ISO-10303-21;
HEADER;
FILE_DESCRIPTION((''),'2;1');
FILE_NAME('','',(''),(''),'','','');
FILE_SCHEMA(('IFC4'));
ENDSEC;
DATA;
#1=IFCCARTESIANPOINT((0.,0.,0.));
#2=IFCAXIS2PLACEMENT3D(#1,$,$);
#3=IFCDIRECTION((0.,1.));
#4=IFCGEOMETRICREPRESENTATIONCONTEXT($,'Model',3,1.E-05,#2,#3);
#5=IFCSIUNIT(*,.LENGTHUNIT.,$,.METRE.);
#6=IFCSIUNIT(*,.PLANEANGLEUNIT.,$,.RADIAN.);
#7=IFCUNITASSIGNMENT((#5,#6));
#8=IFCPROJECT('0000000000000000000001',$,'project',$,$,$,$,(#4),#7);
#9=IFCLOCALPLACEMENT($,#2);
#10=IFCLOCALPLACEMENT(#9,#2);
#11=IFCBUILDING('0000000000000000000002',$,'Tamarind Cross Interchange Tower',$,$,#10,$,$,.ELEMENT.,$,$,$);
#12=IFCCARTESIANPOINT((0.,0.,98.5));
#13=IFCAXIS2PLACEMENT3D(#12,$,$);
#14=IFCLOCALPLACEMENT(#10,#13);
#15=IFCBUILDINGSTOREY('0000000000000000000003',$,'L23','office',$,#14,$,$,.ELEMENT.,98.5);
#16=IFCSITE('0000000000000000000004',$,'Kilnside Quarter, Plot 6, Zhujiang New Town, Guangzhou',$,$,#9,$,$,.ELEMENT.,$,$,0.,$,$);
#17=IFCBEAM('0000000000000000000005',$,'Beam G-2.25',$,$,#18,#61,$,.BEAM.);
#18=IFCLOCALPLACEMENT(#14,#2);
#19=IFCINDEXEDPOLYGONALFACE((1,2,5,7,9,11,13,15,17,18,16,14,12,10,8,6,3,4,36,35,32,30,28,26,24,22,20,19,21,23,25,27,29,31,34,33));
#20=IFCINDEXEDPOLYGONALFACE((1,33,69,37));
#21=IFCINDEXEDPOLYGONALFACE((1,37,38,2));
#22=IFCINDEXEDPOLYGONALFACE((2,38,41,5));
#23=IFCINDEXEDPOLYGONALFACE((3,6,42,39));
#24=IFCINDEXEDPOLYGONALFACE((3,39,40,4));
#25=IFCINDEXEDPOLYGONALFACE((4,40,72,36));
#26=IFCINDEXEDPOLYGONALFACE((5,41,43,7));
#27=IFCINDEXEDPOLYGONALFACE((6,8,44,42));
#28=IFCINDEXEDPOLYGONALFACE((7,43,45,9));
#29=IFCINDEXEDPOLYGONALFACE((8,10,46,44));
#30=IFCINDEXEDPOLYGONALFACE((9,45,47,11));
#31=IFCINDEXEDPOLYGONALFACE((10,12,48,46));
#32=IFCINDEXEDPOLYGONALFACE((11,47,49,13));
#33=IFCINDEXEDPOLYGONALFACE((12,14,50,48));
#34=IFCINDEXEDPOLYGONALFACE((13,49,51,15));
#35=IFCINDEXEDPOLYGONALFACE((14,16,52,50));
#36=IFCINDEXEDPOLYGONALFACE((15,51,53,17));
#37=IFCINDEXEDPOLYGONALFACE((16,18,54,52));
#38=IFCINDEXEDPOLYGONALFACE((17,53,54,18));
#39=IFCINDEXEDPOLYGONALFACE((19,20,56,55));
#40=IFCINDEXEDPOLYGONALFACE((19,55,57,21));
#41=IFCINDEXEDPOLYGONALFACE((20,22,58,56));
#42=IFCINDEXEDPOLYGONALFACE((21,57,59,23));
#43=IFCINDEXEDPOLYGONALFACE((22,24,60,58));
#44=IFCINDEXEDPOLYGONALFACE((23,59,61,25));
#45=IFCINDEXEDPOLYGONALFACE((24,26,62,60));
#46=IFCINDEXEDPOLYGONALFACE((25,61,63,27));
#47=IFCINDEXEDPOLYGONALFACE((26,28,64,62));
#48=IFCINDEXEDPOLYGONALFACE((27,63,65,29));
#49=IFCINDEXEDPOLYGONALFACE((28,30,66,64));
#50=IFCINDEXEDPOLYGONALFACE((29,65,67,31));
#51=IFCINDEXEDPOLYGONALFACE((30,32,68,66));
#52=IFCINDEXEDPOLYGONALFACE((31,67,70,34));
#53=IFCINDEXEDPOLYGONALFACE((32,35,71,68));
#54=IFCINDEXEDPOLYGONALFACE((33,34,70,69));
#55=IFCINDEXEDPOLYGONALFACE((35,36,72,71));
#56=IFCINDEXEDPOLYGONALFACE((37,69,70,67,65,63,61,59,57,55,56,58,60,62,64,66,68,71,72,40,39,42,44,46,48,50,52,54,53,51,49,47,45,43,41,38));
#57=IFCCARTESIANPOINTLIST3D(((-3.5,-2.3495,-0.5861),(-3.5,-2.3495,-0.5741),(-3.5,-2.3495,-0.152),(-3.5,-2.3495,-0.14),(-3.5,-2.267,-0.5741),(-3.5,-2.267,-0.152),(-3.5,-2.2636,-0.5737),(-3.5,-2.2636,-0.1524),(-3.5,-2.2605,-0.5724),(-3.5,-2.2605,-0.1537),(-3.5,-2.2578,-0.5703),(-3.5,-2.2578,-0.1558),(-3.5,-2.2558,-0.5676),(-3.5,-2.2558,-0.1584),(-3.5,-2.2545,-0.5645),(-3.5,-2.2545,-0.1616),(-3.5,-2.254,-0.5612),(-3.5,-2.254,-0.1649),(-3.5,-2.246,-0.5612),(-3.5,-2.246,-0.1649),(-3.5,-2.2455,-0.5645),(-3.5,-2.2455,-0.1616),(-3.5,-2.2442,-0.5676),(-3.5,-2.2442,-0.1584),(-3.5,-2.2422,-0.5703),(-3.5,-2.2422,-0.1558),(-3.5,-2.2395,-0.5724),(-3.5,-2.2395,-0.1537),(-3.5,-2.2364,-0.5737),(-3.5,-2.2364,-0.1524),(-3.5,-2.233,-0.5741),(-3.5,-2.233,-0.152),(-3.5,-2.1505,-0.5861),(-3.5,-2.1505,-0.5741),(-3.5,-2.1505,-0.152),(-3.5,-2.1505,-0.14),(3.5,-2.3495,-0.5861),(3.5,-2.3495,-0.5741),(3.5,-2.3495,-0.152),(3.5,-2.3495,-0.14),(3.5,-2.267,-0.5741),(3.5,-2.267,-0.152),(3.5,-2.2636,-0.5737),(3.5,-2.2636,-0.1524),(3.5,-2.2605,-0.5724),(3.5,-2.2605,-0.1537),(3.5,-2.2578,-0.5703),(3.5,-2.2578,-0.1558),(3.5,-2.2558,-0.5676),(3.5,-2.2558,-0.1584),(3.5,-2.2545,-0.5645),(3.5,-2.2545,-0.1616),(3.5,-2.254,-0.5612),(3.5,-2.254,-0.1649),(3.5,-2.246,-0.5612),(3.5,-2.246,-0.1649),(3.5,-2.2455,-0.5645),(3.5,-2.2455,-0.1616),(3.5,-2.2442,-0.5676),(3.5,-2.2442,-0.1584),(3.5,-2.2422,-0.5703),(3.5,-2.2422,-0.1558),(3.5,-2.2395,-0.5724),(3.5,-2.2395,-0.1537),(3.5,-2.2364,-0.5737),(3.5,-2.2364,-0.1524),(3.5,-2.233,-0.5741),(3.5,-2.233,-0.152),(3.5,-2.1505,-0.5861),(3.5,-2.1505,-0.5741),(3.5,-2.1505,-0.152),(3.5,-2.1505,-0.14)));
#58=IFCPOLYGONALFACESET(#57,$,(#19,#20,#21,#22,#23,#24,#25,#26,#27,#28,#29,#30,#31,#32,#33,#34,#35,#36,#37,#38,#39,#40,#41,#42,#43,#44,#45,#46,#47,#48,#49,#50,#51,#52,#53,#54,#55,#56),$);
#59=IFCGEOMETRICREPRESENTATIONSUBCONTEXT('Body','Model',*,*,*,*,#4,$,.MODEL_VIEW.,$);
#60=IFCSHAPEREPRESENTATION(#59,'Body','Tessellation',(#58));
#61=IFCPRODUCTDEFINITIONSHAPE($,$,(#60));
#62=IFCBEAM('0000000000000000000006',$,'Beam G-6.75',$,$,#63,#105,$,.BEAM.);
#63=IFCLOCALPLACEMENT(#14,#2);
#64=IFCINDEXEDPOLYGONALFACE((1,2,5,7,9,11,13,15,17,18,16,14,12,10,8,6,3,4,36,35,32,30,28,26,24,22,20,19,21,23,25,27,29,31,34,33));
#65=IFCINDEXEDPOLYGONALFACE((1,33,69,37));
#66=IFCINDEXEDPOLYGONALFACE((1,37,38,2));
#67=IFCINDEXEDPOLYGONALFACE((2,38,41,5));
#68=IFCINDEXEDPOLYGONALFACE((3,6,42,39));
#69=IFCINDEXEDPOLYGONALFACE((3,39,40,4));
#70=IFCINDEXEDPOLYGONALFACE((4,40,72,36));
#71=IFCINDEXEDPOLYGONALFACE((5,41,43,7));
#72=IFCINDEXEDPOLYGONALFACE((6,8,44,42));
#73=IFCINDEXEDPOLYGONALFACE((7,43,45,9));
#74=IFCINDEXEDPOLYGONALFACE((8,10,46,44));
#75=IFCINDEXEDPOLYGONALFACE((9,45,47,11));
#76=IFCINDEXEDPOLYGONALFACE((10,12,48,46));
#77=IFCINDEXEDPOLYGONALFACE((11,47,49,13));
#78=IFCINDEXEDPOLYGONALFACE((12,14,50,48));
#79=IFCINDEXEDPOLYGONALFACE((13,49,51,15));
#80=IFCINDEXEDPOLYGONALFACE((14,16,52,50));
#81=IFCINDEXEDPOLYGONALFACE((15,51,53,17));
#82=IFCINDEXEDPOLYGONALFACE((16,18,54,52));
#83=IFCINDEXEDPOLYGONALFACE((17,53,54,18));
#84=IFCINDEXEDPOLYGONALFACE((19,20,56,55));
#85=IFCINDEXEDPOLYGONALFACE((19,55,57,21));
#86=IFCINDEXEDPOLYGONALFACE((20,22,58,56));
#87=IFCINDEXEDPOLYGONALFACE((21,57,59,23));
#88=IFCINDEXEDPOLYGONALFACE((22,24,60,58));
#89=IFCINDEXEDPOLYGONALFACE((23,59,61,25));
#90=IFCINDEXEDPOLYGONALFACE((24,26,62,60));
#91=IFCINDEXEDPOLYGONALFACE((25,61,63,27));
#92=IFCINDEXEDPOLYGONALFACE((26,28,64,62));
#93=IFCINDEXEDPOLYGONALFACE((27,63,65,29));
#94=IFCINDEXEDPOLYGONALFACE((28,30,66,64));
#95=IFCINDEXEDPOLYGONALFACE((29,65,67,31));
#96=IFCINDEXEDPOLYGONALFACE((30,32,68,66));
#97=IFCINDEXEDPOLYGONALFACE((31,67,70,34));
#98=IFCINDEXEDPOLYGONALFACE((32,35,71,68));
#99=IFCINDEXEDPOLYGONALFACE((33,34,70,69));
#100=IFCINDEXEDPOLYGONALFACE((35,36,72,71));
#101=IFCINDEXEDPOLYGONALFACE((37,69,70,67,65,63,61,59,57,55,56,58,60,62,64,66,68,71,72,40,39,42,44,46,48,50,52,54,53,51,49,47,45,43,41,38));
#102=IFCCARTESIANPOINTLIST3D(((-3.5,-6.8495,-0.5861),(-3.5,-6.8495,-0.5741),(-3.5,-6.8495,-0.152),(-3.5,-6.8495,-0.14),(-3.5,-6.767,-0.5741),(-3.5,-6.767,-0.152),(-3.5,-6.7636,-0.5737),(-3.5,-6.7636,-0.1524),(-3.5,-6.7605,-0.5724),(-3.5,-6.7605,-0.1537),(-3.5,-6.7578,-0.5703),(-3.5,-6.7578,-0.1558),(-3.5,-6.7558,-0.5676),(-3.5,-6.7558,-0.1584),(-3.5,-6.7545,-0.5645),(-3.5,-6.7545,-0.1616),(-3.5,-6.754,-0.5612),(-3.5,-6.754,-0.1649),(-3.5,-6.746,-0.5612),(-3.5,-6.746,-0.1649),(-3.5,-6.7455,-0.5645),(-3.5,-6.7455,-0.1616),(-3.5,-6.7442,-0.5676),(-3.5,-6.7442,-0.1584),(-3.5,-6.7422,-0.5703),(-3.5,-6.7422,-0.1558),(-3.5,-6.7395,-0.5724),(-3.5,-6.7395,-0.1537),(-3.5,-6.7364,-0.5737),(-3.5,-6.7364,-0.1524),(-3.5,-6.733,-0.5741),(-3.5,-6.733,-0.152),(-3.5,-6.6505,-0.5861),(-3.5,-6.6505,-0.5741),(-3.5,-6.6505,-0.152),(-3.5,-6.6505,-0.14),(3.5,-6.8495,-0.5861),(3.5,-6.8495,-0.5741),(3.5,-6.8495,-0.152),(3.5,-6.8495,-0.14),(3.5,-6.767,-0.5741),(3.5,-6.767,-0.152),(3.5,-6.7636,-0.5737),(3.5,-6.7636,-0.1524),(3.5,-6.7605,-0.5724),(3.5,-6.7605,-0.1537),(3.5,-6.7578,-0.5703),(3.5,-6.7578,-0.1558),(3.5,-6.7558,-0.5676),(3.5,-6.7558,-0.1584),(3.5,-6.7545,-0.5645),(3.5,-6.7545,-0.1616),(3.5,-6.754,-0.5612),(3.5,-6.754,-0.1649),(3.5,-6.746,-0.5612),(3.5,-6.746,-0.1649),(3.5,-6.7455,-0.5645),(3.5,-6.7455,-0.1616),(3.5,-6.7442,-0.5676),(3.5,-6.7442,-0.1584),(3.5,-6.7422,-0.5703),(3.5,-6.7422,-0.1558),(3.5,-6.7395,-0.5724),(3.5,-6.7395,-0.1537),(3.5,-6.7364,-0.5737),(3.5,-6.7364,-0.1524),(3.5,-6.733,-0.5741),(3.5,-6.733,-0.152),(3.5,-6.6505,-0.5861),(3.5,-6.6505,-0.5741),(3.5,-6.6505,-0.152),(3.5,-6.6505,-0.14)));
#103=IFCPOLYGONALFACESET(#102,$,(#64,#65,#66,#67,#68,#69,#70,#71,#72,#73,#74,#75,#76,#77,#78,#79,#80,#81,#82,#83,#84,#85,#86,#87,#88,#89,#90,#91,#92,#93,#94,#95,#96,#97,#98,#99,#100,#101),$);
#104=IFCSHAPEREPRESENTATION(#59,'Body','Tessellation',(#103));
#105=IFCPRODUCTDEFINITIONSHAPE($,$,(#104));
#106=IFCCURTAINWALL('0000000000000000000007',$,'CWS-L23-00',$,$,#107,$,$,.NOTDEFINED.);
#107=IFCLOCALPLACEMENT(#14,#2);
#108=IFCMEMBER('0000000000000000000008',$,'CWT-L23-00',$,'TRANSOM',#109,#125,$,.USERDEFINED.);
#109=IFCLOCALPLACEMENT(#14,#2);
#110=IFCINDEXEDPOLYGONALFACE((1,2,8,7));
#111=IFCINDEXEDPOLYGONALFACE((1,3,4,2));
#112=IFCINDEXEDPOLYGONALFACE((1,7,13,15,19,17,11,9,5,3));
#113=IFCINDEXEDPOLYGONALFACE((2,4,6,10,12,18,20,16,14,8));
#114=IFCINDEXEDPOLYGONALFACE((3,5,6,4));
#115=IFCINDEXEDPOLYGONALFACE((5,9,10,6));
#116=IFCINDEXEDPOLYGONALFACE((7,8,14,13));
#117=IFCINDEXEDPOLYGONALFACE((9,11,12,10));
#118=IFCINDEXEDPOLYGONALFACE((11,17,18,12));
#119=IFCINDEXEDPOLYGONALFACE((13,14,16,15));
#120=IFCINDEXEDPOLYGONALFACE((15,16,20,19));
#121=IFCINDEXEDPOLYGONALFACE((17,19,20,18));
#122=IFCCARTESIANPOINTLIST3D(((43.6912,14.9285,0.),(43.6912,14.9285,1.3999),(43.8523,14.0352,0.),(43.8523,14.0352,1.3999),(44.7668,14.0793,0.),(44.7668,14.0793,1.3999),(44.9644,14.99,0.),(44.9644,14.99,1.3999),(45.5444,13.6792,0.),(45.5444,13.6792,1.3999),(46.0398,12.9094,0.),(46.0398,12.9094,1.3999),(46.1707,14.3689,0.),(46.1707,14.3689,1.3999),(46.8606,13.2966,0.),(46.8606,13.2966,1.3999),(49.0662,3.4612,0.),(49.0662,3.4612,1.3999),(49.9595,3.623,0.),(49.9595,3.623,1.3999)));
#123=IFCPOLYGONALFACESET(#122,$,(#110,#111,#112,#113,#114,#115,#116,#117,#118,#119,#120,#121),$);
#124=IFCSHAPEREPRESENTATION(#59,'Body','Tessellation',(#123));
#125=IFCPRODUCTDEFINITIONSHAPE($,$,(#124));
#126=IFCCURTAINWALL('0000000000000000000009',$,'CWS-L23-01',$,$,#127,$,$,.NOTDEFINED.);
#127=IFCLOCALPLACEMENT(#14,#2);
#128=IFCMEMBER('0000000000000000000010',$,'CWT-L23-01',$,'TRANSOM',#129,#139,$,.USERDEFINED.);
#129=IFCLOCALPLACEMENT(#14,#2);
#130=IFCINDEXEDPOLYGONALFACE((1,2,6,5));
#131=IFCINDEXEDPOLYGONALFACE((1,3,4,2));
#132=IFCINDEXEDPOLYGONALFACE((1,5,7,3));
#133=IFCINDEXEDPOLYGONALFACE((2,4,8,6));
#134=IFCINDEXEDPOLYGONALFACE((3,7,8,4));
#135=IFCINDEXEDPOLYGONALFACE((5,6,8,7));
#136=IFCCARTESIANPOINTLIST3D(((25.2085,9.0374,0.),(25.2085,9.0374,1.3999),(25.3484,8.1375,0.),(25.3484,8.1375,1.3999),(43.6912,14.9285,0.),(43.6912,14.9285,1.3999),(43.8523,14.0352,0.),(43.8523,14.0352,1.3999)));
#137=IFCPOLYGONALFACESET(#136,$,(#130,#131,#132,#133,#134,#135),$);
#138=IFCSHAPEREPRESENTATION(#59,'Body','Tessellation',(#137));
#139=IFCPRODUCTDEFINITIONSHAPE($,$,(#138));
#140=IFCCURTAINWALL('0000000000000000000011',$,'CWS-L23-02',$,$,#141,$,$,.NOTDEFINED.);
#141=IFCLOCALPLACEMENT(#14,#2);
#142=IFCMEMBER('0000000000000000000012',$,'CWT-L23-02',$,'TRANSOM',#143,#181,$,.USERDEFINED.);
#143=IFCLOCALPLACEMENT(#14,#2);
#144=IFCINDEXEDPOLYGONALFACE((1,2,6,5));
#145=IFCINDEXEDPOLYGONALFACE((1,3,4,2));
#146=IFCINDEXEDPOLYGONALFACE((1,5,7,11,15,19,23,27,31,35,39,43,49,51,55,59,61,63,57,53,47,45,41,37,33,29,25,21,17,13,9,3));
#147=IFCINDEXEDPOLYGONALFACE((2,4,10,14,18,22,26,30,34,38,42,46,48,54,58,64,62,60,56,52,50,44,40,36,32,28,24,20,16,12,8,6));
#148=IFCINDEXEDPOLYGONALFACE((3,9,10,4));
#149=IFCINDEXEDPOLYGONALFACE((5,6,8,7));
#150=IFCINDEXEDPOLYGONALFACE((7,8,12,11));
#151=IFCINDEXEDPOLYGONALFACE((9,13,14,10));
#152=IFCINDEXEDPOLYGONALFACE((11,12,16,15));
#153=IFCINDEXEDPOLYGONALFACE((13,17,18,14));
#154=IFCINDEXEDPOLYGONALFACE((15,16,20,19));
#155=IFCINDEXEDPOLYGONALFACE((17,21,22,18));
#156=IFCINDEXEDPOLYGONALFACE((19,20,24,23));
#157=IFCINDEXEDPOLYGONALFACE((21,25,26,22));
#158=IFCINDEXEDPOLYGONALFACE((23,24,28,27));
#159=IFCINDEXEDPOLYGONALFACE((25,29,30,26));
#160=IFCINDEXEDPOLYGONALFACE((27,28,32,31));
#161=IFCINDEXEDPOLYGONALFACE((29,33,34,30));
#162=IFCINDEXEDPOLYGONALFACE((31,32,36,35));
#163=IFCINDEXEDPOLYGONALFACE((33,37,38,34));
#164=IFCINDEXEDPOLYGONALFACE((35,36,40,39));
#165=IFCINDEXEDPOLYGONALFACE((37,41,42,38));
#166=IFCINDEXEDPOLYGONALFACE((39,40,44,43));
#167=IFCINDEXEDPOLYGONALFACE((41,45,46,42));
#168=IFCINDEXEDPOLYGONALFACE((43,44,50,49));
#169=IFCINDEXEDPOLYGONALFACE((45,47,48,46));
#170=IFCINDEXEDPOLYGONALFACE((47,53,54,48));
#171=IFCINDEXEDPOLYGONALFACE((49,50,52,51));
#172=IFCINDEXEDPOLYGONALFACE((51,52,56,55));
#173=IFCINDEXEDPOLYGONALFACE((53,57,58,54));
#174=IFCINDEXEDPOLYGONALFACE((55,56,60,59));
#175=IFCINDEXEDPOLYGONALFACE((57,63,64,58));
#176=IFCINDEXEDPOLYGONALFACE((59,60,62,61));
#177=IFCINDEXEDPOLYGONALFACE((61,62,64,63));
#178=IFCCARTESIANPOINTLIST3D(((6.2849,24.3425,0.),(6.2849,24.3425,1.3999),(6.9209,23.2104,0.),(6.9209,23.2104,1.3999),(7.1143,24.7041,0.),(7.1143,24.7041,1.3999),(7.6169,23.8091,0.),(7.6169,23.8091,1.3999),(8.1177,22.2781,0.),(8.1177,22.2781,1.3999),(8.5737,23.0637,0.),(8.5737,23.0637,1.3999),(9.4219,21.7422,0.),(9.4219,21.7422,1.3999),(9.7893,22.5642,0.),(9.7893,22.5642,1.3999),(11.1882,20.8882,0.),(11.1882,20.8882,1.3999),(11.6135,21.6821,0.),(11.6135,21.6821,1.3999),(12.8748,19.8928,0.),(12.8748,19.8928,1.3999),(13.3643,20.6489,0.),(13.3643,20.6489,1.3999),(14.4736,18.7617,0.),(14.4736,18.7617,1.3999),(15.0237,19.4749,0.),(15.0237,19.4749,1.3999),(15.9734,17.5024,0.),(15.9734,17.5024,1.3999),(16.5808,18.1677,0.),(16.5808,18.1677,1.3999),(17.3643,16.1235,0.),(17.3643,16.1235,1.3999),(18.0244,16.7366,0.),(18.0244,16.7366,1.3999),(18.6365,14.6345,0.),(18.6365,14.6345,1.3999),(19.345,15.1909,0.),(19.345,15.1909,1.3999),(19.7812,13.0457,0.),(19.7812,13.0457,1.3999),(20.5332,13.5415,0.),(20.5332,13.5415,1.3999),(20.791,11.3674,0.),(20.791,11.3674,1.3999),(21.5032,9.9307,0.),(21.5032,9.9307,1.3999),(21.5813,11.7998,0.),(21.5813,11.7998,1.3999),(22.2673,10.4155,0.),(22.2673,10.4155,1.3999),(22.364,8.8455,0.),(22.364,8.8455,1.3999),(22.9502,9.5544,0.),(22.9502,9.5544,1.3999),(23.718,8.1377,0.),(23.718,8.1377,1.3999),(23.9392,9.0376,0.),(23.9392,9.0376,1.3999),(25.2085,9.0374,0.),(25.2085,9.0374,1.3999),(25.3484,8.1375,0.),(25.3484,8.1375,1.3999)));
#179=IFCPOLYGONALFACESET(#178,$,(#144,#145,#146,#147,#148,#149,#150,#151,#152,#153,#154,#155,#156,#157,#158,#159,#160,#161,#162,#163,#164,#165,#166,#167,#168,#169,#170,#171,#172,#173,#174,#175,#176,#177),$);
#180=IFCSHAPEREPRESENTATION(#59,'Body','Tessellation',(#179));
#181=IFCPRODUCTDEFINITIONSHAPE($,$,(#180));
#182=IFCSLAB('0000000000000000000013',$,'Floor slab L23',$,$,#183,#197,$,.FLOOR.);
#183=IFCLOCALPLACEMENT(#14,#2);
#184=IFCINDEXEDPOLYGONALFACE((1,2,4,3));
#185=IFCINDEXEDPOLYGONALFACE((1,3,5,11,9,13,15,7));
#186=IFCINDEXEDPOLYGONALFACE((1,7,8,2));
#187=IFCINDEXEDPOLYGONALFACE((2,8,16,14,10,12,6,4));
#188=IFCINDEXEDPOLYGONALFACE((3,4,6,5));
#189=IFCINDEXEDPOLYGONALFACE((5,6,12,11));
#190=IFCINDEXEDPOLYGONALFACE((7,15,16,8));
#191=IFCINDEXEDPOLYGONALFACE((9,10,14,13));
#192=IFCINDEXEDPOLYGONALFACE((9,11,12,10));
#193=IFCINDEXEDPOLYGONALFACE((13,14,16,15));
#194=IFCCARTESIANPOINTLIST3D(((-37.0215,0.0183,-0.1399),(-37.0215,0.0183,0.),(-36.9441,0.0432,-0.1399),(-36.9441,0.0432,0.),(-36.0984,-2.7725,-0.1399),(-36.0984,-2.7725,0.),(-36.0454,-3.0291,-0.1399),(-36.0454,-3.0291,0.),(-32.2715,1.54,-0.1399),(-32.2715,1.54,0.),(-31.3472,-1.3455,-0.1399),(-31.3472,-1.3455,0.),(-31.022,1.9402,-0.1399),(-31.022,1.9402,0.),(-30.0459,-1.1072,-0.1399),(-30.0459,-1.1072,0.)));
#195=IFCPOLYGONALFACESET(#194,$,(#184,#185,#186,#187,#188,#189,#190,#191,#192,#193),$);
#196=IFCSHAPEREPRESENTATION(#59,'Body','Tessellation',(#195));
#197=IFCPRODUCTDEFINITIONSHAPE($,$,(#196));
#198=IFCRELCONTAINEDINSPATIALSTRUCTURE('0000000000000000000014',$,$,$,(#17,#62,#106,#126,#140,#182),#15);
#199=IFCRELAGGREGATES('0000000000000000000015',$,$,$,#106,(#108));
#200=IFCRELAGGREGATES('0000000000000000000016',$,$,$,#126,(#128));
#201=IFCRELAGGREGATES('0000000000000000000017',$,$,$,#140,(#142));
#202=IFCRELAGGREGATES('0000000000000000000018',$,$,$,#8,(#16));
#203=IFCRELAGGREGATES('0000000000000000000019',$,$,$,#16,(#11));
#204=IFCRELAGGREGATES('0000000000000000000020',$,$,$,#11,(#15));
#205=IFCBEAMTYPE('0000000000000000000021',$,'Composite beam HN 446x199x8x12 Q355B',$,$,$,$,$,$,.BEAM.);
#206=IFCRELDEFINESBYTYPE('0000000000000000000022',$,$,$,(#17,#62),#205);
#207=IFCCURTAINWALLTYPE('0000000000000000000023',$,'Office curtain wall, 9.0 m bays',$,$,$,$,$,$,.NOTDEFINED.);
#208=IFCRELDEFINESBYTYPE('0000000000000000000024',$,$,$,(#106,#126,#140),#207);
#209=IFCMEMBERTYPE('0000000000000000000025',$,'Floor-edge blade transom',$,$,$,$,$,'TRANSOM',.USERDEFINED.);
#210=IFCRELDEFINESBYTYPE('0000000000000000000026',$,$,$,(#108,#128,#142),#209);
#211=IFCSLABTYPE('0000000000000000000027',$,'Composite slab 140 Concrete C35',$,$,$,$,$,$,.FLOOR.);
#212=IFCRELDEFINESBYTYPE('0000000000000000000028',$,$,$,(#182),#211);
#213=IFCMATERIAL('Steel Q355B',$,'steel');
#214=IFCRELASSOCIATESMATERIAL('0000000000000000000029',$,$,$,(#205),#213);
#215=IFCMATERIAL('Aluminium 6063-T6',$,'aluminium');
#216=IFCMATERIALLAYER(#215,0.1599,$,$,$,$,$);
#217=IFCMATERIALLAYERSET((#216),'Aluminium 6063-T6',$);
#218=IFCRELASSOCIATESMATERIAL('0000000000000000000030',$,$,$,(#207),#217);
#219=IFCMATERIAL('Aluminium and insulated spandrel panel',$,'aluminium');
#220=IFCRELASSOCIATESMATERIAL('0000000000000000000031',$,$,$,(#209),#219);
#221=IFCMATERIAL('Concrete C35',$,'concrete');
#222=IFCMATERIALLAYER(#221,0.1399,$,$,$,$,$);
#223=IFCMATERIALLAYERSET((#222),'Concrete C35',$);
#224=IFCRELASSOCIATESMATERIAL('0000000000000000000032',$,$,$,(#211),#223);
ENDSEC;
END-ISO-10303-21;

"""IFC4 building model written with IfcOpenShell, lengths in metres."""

from ifc_helpers import new_model, si_unit, direction, frame, origin, origin_2d, place, context, subcontext, project, spatial, polyline, i_section, outline, extrude, material, layer, layer_set, material_profile, profile_set, type_object, element, aggregate, save


model = new_model("IFC4")

# Units and contexts
model_context = context("Model", 3, precision=1e-05, world=origin(), true_north=direction((0.0, 1.0)))
body_context = subcontext(model_context, "Body", "Model", "MODEL_VIEW")
ifc_project = project(units=[si_unit("LENGTHUNIT", "METRE"), si_unit("PLANEANGLEUNIT", "RADIAN")], contexts=[model_context])

# Site, building, storey
site_placement = place(None, origin())
site = spatial("IfcSite", under=ifc_project, at=site_placement, Name="Kilnside Quarter, Plot 6, Zhujiang New Town, Guangzhou", CompositionType="ELEMENT", RefElevation=0.0)
building_placement = place(site_placement, origin())
building = spatial("IfcBuilding", under=site, at=building_placement, Name="Tamarind Cross Interchange Tower", CompositionType="ELEMENT")
storey_placement = place(building_placement, frame((0.0, 0.0, 98.5)))
storey = spatial("IfcBuildingStorey", under=building, at=storey_placement, Name="L23", Description="office", CompositionType="ELEMENT", Elevation=98.5)

# Beams
ifc_material_1 = material(Name="Steel Q355B", Category="steel")
ifc_material_profile = material_profile(ifc_material_1, i_section(OverallWidth=0.199, OverallDepth=0.446, WebThickness=0.0081, FlangeThickness=0.012, FilletRadius=0.0129, at=origin_2d()), Name="HN 446x199x8x12")
ifc_profile_set = profile_set([ifc_material_profile], Name="Steel Q355B")
beam_type = type_object("IfcBeamType", Name="Composite beam HN 446x199x8x12 Q355B", PredefinedType="BEAM", material=ifc_profile_set)
for number, where, z_axis, x_axis, name in (
    (1, (-3.5, -2.25, -0.363), (1.0, 0.0, 0.0), (0.0, 1.0, 0.0), "Beam G-2.25"),
    (2, (-3.5, -6.75, -0.363), (1.0, 0.0, 0.0), (0.0, 1.0, 0.0), "Beam G-6.75"),
):
    element("IfcBeam", number, at=place(storey_placement, frame(where, z_axis=z_axis, x_axis=x_axis)), inside=storey, type_object=beam_type, Name=name, PredefinedType="BEAM", context=body_context, shape_type="SweptSolid", body=[
        extrude(i_section(OverallWidth=0.199, OverallDepth=0.446, WebThickness=0.0081, FlangeThickness=0.012, FilletRadius=0.0129, at=origin_2d()), origin(), (0.0, 0.0, 1.0), 7.0),
    ])

# Curtain walls, members
ifc_material_2 = material(Name="Aluminium 6063-T6", Category="aluminium")
ifc_layer_1 = layer(ifc_material_2, 0.1599)
ifc_layer_set_1 = layer_set([ifc_layer_1], Name="Aluminium 6063-T6")
curtain_wall_type = type_object("IfcCurtainWallType", Name="Office curtain wall, 9.0 m bays", PredefinedType="NOTDEFINED", material=ifc_layer_set_1)
curtain_wall_1_placement = place(storey_placement, origin())
curtain_wall_1 = element("IfcCurtainWall", 3, at=curtain_wall_1_placement, inside=storey, type_object=curtain_wall_type, Name="CWS-L23-00", PredefinedType="NOTDEFINED")
ifc_material_3 = material(Name="Aluminium and insulated spandrel panel", Category="aluminium")
member_type = type_object("IfcMemberType", Name="Floor-edge blade transom", ElementType="TRANSOM", PredefinedType="USERDEFINED", material=ifc_material_3)
member_1_placement = place(storey_placement, origin())
member_1 = element("IfcMember", 4, at=member_1_placement, type_object=member_type, Name="CWT-L23-00", ObjectType="TRANSOM", PredefinedType="USERDEFINED", context=body_context, shape_type="SweptSolid", body=[
    extrude(outline(polyline([(49.0662, 3.4612), (46.0398, 12.9094), (45.5444, 13.6792), (44.7668, 14.0793), (43.8523, 14.0352), (43.6912, 14.9285), (44.9644, 14.99), (46.1707, 14.3689), (46.8606, 13.2966), (49.9595, 3.623), (49.0662, 3.4612)])), origin(), (0.0, 0.0, 1.0), 1.3999),
])
curtain_wall_2_placement = place(storey_placement, origin())
curtain_wall_2 = element("IfcCurtainWall", 5, at=curtain_wall_2_placement, inside=storey, type_object=curtain_wall_type, Name="CWS-L23-01", PredefinedType="NOTDEFINED")
member_2_placement = place(storey_placement, origin())
member_2 = element("IfcMember", 6, at=member_2_placement, type_object=member_type, Name="CWT-L23-01", ObjectType="TRANSOM", PredefinedType="USERDEFINED", context=body_context, shape_type="SweptSolid", body=[
    extrude(outline(polyline([(43.8523, 14.0352), (25.3484, 8.1375), (25.2085, 9.0374), (43.6912, 14.9285), (43.8523, 14.0352)])), origin(), (0.0, 0.0, 1.0), 1.3999),
])
curtain_wall_3_placement = place(storey_placement, origin())
curtain_wall_3 = element("IfcCurtainWall", 7, at=curtain_wall_3_placement, inside=storey, type_object=curtain_wall_type, Name="CWS-L23-02", PredefinedType="NOTDEFINED")
member_3_placement = place(storey_placement, origin())
member_3 = element("IfcMember", 8, at=member_3_placement, type_object=member_type, Name="CWT-L23-02", ObjectType="TRANSOM", PredefinedType="USERDEFINED", context=body_context, shape_type="SweptSolid", body=[
    extrude(outline(polyline([(25.3484, 8.1375), (23.718, 8.1377), (22.364, 8.8455), (21.5032, 9.9307), (20.791, 11.3674), (19.7812, 13.0457), (18.6365, 14.6345), (17.3643, 16.1235), (15.9734, 17.5024), (14.4736, 18.7617), (12.8748, 19.8928), (11.1882, 20.8882), (9.4219, 21.7422), (8.1177, 22.2781), (6.9209, 23.2104), (6.2849, 24.3425), (7.1143, 24.7041), (7.6169, 23.8091), (8.5737, 23.0637), (9.7893, 22.5642), (11.6135, 21.6821), (13.3643, 20.6489), (15.0237, 19.4749), (16.5808, 18.1677), (18.0244, 16.7366), (19.345, 15.1909), (20.5332, 13.5415), (21.5813, 11.7998), (22.2673, 10.4155), (22.9502, 9.5544), (23.9392, 9.0376), (25.2085, 9.0374), (25.3484, 8.1375)])), origin(), (0.0, 0.0, 1.0), 1.3999),
])

# Slab
ifc_material_4 = material(Name="Concrete C35", Category="concrete")
ifc_layer_2 = layer(ifc_material_4, 0.1399)
ifc_layer_set_2 = layer_set([ifc_layer_2], Name="Concrete C35")
slab_type = type_object("IfcSlabType", Name="Composite slab 140 Concrete C35", PredefinedType="FLOOR", material=ifc_layer_set_2)
slab_1_placement = place(storey_placement, frame((0.0, 0.0, -0.1399)))
element("IfcSlab", 9, at=slab_1_placement, inside=storey, type_object=slab_type, Name="Floor slab L23", PredefinedType="FLOOR", context=body_context, shape_type="SweptSolid", body=[
    extrude(outline(polyline([(-37.0215, 0.0183), (-36.0454, -3.0291), (-30.0459, -1.1072), (-31.022, 1.9402), (-32.2715, 1.54), (-31.3472, -1.3455), (-36.0984, -2.7725), (-36.9441, 0.0432), (-37.0215, 0.0183)])), origin(), (0.0, 0.0, 1.0), 0.1399),
])

aggregate(curtain_wall_1, [member_1])
aggregate(curtain_wall_2, [member_2])
aggregate(curtain_wall_3, [member_3])

save(model, "model.ifc")
